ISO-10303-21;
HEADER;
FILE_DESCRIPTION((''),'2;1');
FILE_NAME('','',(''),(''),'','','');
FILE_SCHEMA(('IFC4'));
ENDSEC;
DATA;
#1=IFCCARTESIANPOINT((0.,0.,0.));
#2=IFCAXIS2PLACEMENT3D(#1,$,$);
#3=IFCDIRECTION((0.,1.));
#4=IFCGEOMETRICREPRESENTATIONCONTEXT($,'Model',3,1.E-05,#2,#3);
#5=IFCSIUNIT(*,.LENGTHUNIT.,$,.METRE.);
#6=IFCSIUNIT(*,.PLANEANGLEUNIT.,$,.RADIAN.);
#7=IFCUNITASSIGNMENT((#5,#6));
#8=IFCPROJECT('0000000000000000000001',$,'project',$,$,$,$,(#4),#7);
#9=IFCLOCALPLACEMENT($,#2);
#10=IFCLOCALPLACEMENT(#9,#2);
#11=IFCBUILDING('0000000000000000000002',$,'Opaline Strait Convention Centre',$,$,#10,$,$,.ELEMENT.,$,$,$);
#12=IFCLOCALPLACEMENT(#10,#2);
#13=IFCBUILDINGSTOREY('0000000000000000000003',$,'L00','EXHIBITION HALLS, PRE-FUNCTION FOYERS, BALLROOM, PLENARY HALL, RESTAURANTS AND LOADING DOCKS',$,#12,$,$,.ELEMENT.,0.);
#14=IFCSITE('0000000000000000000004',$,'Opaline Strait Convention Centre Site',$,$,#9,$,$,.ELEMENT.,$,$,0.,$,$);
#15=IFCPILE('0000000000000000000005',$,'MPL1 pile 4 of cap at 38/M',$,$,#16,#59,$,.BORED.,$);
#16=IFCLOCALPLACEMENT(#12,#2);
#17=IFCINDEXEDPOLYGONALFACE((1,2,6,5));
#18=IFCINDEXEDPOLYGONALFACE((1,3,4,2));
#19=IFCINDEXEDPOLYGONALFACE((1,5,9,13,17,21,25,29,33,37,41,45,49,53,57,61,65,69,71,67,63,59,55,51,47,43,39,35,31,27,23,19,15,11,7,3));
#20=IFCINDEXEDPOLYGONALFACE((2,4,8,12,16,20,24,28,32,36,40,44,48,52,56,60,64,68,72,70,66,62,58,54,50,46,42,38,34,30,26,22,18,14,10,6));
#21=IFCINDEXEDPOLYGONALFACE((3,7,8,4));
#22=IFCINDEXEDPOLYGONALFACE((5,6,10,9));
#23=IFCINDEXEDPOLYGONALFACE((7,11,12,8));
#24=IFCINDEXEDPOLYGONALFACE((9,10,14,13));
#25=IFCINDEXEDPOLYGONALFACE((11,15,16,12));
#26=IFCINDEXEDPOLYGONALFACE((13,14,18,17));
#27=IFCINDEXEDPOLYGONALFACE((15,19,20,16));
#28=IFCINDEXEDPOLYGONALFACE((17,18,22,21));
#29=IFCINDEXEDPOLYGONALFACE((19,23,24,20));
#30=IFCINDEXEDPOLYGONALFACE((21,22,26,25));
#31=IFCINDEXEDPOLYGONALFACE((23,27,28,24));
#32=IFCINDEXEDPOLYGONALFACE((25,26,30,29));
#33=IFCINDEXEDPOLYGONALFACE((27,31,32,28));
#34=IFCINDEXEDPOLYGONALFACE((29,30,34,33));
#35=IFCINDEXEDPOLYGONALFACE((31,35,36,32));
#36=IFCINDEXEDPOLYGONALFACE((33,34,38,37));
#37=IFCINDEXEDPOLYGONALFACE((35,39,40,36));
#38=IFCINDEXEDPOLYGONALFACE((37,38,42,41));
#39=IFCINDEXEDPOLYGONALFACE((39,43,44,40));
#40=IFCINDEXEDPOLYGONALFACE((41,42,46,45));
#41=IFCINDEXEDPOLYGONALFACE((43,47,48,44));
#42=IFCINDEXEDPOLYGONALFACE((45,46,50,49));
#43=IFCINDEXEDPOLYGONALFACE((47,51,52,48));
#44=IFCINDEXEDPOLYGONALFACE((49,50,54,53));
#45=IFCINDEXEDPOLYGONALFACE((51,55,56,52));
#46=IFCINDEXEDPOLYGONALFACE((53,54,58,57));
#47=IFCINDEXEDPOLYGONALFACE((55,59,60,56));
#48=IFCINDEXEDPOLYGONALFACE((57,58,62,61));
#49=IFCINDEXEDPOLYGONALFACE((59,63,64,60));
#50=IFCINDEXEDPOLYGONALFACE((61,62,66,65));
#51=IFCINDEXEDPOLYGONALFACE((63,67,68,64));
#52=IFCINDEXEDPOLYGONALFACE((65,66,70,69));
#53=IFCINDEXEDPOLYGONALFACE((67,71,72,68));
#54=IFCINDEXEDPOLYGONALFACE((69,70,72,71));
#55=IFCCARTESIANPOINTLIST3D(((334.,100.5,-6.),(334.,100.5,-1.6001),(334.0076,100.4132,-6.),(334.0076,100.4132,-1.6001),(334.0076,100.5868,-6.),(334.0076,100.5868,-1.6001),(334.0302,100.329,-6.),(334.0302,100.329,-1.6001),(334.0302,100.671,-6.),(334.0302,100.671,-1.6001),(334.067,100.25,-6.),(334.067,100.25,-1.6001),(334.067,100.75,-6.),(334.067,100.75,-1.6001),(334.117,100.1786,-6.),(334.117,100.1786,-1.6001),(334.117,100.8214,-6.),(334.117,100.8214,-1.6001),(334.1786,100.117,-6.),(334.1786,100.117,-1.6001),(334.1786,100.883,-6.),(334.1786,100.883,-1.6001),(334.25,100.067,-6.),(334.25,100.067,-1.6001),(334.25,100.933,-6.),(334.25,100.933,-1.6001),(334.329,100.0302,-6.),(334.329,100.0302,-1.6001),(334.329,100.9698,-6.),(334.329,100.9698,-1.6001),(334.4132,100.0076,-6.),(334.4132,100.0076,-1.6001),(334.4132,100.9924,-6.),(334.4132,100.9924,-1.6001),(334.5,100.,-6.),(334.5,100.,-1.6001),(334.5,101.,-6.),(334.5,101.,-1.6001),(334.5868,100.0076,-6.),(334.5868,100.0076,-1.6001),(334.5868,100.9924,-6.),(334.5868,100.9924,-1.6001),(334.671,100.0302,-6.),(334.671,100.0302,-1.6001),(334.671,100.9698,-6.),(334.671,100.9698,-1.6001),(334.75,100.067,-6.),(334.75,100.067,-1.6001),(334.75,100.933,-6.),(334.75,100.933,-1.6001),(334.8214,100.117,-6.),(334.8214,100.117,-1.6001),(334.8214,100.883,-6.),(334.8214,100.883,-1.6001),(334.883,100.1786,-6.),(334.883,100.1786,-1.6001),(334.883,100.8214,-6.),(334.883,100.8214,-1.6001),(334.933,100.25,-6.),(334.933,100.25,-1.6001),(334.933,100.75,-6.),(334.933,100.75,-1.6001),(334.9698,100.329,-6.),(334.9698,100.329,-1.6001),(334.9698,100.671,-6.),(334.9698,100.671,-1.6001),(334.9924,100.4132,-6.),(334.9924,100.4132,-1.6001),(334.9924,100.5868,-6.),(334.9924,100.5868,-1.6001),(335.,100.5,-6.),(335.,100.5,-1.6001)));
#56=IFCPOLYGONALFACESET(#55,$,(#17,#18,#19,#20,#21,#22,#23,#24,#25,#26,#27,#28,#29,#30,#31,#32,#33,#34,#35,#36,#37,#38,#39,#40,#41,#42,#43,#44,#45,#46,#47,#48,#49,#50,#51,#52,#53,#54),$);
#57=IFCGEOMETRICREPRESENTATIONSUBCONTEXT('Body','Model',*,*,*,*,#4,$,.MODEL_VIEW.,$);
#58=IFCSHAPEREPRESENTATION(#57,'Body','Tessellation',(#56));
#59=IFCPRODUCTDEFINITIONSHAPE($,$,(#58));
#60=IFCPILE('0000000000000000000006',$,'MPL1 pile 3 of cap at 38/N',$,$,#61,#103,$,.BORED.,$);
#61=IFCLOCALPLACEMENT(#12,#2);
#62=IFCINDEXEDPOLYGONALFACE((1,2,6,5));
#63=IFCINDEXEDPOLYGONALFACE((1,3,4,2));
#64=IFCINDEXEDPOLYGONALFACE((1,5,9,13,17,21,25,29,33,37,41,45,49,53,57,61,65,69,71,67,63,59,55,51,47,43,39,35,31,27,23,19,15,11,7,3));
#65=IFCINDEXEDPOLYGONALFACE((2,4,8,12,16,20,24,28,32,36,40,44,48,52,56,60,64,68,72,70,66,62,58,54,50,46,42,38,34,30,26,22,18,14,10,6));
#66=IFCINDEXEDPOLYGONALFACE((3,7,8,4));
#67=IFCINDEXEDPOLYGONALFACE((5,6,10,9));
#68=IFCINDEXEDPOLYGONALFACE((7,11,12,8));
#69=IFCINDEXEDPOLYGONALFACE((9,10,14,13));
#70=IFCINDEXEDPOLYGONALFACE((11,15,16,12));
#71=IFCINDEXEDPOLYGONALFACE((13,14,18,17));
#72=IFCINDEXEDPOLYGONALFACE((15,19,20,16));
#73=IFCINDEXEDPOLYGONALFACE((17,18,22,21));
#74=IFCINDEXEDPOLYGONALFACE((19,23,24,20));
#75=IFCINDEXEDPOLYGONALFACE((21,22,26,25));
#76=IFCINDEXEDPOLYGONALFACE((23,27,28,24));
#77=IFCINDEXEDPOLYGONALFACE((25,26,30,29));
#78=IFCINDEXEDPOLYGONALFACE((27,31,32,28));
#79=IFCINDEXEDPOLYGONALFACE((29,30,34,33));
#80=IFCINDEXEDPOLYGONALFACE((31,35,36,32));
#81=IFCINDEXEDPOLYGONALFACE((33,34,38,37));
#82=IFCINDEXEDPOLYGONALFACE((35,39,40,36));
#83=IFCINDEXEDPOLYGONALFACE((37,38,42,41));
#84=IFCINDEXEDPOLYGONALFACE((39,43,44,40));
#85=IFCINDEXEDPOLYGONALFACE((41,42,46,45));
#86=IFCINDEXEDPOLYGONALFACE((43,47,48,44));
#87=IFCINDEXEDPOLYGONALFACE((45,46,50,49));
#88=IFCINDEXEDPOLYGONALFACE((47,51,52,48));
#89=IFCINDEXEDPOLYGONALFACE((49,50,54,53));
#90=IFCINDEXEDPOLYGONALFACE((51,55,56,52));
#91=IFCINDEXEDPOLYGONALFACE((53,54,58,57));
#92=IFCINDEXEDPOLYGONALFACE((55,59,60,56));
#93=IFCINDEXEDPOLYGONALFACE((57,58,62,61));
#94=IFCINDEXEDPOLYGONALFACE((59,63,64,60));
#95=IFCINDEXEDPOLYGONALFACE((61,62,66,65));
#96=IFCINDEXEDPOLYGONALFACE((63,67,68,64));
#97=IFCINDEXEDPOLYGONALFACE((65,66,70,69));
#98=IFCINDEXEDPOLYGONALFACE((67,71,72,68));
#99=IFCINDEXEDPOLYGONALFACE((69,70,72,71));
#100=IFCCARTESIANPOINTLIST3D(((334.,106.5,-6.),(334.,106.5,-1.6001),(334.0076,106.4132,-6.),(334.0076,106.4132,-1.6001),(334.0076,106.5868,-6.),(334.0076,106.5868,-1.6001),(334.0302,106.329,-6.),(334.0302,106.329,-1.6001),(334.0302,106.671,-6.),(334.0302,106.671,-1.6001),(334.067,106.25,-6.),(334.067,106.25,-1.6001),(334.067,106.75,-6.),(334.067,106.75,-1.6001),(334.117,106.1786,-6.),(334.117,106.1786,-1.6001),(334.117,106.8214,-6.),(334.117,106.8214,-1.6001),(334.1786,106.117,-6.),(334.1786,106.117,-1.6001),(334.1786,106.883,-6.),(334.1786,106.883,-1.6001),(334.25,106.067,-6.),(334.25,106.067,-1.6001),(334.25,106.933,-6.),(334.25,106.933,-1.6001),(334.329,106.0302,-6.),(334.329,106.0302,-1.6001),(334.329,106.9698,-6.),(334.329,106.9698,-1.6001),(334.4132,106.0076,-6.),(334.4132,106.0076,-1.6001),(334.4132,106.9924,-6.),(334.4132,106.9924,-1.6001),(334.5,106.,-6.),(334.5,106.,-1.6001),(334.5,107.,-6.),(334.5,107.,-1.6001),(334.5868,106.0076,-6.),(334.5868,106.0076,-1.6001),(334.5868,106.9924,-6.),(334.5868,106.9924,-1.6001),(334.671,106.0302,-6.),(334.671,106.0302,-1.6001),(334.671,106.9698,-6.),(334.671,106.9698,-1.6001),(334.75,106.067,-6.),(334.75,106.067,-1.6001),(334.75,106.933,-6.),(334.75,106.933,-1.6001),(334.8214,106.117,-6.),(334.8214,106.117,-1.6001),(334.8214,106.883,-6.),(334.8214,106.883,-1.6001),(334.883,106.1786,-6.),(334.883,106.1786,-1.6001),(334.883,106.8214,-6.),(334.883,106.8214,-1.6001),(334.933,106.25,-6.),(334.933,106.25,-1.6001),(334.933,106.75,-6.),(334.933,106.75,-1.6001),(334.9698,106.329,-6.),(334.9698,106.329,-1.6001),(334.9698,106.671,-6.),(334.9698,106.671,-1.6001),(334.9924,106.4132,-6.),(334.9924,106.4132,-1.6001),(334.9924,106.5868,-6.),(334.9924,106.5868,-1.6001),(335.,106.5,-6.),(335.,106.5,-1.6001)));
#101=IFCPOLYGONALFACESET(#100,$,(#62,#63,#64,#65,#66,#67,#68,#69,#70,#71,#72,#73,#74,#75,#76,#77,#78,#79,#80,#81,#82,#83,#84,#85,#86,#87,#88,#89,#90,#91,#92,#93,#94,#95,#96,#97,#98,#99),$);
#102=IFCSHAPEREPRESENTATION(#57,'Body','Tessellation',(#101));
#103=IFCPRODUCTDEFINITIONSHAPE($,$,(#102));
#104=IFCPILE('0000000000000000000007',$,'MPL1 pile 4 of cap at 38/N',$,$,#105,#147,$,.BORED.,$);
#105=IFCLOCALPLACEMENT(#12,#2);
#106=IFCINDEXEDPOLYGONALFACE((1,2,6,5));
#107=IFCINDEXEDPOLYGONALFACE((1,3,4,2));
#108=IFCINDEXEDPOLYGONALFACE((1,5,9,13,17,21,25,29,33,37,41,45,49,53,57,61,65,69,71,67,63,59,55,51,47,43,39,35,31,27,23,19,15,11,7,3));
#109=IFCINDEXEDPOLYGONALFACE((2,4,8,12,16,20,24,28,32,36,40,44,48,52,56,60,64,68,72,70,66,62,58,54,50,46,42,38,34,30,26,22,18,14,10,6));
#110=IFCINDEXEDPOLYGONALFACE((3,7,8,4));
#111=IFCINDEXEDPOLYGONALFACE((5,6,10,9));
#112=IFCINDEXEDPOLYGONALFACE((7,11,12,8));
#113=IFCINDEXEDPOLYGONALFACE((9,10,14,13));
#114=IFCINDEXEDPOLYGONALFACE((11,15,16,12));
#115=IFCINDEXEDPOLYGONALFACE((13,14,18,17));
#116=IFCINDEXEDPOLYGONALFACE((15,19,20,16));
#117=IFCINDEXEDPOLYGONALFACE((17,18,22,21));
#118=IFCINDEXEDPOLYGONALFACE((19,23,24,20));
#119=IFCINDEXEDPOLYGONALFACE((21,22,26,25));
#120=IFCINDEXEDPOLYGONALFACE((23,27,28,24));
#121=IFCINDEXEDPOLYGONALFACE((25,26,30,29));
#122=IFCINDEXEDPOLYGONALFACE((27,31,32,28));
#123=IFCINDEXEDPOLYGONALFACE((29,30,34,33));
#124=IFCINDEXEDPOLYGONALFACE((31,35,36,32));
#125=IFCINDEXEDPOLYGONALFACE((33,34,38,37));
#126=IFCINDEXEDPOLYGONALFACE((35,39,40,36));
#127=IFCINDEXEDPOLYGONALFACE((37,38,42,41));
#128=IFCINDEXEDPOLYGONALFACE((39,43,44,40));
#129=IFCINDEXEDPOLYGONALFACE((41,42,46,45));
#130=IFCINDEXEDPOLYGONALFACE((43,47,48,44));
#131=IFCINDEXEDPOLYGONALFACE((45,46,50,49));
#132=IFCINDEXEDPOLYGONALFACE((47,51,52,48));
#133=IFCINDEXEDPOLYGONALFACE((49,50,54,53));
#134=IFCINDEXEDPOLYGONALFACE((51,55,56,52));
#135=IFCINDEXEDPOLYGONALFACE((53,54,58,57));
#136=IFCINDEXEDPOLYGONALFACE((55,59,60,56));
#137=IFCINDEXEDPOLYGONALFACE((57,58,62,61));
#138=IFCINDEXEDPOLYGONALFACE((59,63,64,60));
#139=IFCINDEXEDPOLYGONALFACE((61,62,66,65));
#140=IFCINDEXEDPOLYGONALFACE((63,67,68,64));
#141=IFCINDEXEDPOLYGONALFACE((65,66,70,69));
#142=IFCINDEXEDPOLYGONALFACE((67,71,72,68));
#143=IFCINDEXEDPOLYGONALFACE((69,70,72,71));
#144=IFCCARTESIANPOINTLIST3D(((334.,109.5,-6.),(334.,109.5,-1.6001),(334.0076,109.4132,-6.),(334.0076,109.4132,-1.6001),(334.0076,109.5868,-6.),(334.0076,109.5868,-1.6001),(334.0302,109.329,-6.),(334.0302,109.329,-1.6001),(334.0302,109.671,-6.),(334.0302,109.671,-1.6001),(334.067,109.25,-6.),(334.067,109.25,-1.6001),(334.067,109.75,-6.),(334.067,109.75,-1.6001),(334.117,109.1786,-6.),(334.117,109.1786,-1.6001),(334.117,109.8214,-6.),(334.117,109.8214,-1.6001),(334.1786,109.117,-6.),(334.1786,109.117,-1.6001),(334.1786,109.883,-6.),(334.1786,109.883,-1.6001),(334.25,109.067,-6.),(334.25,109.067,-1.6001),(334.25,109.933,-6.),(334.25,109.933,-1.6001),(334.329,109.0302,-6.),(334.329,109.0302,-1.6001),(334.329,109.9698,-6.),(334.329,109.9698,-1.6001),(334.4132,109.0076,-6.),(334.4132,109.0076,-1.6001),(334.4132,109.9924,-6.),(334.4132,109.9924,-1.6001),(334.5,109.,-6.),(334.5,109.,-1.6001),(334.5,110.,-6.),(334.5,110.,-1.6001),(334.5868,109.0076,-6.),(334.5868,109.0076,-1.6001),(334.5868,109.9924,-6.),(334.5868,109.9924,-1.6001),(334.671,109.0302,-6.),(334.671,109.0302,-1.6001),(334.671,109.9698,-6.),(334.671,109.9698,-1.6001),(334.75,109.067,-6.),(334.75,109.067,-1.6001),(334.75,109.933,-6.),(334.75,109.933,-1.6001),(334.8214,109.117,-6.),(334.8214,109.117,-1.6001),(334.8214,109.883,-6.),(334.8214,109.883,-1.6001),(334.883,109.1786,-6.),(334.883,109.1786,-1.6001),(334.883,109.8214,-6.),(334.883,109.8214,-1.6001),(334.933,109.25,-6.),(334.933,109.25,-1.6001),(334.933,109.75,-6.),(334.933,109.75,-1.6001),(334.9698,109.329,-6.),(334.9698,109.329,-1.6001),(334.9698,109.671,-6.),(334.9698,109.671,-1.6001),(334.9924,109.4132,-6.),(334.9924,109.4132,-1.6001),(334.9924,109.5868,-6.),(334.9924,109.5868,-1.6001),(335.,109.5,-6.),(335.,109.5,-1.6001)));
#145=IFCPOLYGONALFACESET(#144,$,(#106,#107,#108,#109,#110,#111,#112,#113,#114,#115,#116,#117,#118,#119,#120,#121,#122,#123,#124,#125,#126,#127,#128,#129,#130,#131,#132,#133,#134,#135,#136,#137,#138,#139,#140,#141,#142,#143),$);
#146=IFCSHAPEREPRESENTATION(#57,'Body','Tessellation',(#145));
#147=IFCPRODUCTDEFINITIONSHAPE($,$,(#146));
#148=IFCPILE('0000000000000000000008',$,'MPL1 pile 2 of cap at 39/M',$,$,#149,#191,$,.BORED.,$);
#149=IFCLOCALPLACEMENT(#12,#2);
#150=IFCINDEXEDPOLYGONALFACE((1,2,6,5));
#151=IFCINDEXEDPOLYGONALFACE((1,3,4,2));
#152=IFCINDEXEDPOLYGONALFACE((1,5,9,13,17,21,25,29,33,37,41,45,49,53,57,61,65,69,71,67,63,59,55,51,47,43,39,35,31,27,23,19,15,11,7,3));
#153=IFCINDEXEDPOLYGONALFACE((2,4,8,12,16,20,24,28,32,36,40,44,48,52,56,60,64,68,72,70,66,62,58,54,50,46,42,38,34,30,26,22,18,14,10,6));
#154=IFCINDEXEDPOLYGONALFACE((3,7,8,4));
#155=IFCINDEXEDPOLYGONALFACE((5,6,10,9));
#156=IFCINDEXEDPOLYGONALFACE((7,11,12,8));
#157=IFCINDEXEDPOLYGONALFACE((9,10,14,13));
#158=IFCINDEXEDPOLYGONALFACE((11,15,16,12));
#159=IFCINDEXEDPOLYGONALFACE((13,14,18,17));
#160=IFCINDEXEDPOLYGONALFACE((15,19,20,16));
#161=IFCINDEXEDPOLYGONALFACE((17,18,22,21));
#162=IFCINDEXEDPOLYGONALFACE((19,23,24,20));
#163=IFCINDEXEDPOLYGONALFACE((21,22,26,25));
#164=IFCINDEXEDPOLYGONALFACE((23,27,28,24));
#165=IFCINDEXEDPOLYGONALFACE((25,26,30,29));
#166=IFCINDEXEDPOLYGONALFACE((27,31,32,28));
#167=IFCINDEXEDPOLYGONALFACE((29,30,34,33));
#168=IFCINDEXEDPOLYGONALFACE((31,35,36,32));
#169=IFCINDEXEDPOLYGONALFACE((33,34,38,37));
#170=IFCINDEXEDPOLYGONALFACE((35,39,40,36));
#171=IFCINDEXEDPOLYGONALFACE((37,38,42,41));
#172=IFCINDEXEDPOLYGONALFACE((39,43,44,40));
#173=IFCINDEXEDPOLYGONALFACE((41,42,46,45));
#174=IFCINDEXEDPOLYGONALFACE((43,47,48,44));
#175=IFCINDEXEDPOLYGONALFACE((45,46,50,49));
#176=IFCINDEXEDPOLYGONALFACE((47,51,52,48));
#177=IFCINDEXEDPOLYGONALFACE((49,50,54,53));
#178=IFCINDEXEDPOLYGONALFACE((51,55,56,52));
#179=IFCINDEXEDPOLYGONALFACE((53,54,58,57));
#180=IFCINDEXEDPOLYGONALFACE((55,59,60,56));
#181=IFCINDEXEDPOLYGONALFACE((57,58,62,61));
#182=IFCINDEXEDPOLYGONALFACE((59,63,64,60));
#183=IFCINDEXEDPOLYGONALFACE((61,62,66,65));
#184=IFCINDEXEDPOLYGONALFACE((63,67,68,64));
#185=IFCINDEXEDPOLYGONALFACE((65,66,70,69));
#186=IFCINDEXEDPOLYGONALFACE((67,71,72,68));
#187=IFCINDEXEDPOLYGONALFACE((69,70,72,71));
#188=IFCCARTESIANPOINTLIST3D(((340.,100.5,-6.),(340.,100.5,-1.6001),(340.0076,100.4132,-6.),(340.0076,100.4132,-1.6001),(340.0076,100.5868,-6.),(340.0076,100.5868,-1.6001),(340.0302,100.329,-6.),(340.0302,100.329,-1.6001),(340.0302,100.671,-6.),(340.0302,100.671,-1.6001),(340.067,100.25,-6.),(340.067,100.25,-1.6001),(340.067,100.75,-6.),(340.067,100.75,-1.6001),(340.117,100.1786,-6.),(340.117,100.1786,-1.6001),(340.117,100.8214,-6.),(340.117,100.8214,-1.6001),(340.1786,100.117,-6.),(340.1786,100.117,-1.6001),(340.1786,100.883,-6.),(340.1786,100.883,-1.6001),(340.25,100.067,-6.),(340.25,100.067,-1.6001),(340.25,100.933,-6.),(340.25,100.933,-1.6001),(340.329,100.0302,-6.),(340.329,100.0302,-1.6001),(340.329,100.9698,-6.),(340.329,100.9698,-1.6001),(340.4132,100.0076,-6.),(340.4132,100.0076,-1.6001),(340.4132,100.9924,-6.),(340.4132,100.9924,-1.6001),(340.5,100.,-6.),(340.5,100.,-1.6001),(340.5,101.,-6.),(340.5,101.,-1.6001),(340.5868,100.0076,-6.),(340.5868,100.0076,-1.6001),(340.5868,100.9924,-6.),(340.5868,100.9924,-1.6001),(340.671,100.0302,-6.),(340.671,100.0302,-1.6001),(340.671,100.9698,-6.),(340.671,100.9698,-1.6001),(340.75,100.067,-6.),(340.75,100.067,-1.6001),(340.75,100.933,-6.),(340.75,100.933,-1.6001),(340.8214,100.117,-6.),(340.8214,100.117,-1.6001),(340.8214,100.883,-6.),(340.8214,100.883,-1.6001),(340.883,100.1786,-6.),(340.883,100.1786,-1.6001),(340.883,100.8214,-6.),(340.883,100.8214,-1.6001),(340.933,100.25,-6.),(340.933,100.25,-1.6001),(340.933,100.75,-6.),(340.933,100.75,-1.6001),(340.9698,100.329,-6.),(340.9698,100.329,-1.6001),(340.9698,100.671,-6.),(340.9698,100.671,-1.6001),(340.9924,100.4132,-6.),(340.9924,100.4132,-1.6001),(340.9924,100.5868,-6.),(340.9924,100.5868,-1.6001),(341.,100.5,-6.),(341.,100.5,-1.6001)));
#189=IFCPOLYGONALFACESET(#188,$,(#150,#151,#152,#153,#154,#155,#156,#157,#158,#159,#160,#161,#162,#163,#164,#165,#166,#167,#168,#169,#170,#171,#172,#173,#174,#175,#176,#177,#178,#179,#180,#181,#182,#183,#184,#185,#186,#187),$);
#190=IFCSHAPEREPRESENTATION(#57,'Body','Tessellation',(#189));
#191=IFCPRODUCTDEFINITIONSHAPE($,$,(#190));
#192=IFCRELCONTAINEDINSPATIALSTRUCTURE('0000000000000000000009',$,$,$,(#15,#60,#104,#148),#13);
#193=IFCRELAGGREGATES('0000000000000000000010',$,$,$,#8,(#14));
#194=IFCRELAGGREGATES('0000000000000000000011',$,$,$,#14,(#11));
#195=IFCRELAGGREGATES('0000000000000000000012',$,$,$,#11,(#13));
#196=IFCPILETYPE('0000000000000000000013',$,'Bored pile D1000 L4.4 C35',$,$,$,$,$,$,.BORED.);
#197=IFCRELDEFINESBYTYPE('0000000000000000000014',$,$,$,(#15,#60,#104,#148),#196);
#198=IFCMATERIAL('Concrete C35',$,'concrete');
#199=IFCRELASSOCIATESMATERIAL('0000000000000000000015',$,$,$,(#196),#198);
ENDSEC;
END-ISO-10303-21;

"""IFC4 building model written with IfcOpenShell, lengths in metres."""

from ifc_helpers import new_model, si_unit, direction, frame, origin, origin_2d, place, context, subcontext, project, spatial, circle, extrude, material, material_profile, profile_set, type_object, element, save


model = new_model("IFC4")

# Units and contexts
model_context = context("Model", 3, precision=1e-05, world=origin(), true_north=direction((0.0, 1.0)))
body_context = subcontext(model_context, "Body", "Model", "MODEL_VIEW")
ifc_project = project(units=[si_unit("LENGTHUNIT", "METRE"), si_unit("PLANEANGLEUNIT", "RADIAN")], contexts=[model_context])

# Site, building, storey
site_placement = place(None, origin())
site = spatial("IfcSite", under=ifc_project, at=site_placement, Name="Opaline Strait Convention Centre Site", CompositionType="ELEMENT", RefElevation=0.0)
building_placement = place(site_placement, origin())
building = spatial("IfcBuilding", under=site, at=building_placement, Name="Opaline Strait Convention Centre", CompositionType="ELEMENT")
storey_placement = place(building_placement, origin())
storey = spatial("IfcBuildingStorey", under=building, at=storey_placement, Name="L00", Description="EXHIBITION HALLS, PRE-FUNCTION FOYERS, BALLROOM, PLENARY HALL, RESTAURANTS AND LOADING DOCKS", CompositionType="ELEMENT", Elevation=0.0)

# Piles
ifc_material_1 = material(Name="Concrete C35", Category="concrete")
ifc_material_profile_1 = material_profile(ifc_material_1, circle(Radius=0.5, at=origin_2d()), Name="D1000")
ifc_profile_set_1 = profile_set([ifc_material_profile_1], Name="Concrete C35")
pile_type = type_object("IfcPileType", Name="Bored pile D1000 L4.4 C35", PredefinedType="BORED", material=ifc_profile_set_1)
for number, where, z_axis, x_axis, name in (
    (1, (334.5, 100.5, -1.6001), (0.0, 0.0, -1.0), (1.0, 0.0, 0.0), "MPL1 pile 4 of cap at 38/M"),
    (2, (334.5, 106.5, -1.6001), (0.0, 0.0, -1.0), (1.0, 0.0, 0.0), "MPL1 pile 3 of cap at 38/N"),
    (3, (334.5, 109.5, -1.6001), (0.0, 0.0, -1.0), (1.0, 0.0, 0.0), "MPL1 pile 4 of cap at 38/N"),
    (4, (340.5, 100.5, -1.6001), (0.0, 0.0, -1.0), (1.0, 0.0, 0.0), "MPL1 pile 2 of cap at 39/M"),
):
    element("IfcPile", number, at=place(storey_placement, frame(where, z_axis=z_axis, x_axis=x_axis)), inside=storey, type_object=pile_type, Name=name, PredefinedType="BORED", context=body_context, shape_type="SweptSolid", body=[
        extrude(circle(Radius=0.5, at=origin_2d()), origin(), (0.0, 0.0, 1.0), 4.3999),
    ])

save(model, "model.ifc")
